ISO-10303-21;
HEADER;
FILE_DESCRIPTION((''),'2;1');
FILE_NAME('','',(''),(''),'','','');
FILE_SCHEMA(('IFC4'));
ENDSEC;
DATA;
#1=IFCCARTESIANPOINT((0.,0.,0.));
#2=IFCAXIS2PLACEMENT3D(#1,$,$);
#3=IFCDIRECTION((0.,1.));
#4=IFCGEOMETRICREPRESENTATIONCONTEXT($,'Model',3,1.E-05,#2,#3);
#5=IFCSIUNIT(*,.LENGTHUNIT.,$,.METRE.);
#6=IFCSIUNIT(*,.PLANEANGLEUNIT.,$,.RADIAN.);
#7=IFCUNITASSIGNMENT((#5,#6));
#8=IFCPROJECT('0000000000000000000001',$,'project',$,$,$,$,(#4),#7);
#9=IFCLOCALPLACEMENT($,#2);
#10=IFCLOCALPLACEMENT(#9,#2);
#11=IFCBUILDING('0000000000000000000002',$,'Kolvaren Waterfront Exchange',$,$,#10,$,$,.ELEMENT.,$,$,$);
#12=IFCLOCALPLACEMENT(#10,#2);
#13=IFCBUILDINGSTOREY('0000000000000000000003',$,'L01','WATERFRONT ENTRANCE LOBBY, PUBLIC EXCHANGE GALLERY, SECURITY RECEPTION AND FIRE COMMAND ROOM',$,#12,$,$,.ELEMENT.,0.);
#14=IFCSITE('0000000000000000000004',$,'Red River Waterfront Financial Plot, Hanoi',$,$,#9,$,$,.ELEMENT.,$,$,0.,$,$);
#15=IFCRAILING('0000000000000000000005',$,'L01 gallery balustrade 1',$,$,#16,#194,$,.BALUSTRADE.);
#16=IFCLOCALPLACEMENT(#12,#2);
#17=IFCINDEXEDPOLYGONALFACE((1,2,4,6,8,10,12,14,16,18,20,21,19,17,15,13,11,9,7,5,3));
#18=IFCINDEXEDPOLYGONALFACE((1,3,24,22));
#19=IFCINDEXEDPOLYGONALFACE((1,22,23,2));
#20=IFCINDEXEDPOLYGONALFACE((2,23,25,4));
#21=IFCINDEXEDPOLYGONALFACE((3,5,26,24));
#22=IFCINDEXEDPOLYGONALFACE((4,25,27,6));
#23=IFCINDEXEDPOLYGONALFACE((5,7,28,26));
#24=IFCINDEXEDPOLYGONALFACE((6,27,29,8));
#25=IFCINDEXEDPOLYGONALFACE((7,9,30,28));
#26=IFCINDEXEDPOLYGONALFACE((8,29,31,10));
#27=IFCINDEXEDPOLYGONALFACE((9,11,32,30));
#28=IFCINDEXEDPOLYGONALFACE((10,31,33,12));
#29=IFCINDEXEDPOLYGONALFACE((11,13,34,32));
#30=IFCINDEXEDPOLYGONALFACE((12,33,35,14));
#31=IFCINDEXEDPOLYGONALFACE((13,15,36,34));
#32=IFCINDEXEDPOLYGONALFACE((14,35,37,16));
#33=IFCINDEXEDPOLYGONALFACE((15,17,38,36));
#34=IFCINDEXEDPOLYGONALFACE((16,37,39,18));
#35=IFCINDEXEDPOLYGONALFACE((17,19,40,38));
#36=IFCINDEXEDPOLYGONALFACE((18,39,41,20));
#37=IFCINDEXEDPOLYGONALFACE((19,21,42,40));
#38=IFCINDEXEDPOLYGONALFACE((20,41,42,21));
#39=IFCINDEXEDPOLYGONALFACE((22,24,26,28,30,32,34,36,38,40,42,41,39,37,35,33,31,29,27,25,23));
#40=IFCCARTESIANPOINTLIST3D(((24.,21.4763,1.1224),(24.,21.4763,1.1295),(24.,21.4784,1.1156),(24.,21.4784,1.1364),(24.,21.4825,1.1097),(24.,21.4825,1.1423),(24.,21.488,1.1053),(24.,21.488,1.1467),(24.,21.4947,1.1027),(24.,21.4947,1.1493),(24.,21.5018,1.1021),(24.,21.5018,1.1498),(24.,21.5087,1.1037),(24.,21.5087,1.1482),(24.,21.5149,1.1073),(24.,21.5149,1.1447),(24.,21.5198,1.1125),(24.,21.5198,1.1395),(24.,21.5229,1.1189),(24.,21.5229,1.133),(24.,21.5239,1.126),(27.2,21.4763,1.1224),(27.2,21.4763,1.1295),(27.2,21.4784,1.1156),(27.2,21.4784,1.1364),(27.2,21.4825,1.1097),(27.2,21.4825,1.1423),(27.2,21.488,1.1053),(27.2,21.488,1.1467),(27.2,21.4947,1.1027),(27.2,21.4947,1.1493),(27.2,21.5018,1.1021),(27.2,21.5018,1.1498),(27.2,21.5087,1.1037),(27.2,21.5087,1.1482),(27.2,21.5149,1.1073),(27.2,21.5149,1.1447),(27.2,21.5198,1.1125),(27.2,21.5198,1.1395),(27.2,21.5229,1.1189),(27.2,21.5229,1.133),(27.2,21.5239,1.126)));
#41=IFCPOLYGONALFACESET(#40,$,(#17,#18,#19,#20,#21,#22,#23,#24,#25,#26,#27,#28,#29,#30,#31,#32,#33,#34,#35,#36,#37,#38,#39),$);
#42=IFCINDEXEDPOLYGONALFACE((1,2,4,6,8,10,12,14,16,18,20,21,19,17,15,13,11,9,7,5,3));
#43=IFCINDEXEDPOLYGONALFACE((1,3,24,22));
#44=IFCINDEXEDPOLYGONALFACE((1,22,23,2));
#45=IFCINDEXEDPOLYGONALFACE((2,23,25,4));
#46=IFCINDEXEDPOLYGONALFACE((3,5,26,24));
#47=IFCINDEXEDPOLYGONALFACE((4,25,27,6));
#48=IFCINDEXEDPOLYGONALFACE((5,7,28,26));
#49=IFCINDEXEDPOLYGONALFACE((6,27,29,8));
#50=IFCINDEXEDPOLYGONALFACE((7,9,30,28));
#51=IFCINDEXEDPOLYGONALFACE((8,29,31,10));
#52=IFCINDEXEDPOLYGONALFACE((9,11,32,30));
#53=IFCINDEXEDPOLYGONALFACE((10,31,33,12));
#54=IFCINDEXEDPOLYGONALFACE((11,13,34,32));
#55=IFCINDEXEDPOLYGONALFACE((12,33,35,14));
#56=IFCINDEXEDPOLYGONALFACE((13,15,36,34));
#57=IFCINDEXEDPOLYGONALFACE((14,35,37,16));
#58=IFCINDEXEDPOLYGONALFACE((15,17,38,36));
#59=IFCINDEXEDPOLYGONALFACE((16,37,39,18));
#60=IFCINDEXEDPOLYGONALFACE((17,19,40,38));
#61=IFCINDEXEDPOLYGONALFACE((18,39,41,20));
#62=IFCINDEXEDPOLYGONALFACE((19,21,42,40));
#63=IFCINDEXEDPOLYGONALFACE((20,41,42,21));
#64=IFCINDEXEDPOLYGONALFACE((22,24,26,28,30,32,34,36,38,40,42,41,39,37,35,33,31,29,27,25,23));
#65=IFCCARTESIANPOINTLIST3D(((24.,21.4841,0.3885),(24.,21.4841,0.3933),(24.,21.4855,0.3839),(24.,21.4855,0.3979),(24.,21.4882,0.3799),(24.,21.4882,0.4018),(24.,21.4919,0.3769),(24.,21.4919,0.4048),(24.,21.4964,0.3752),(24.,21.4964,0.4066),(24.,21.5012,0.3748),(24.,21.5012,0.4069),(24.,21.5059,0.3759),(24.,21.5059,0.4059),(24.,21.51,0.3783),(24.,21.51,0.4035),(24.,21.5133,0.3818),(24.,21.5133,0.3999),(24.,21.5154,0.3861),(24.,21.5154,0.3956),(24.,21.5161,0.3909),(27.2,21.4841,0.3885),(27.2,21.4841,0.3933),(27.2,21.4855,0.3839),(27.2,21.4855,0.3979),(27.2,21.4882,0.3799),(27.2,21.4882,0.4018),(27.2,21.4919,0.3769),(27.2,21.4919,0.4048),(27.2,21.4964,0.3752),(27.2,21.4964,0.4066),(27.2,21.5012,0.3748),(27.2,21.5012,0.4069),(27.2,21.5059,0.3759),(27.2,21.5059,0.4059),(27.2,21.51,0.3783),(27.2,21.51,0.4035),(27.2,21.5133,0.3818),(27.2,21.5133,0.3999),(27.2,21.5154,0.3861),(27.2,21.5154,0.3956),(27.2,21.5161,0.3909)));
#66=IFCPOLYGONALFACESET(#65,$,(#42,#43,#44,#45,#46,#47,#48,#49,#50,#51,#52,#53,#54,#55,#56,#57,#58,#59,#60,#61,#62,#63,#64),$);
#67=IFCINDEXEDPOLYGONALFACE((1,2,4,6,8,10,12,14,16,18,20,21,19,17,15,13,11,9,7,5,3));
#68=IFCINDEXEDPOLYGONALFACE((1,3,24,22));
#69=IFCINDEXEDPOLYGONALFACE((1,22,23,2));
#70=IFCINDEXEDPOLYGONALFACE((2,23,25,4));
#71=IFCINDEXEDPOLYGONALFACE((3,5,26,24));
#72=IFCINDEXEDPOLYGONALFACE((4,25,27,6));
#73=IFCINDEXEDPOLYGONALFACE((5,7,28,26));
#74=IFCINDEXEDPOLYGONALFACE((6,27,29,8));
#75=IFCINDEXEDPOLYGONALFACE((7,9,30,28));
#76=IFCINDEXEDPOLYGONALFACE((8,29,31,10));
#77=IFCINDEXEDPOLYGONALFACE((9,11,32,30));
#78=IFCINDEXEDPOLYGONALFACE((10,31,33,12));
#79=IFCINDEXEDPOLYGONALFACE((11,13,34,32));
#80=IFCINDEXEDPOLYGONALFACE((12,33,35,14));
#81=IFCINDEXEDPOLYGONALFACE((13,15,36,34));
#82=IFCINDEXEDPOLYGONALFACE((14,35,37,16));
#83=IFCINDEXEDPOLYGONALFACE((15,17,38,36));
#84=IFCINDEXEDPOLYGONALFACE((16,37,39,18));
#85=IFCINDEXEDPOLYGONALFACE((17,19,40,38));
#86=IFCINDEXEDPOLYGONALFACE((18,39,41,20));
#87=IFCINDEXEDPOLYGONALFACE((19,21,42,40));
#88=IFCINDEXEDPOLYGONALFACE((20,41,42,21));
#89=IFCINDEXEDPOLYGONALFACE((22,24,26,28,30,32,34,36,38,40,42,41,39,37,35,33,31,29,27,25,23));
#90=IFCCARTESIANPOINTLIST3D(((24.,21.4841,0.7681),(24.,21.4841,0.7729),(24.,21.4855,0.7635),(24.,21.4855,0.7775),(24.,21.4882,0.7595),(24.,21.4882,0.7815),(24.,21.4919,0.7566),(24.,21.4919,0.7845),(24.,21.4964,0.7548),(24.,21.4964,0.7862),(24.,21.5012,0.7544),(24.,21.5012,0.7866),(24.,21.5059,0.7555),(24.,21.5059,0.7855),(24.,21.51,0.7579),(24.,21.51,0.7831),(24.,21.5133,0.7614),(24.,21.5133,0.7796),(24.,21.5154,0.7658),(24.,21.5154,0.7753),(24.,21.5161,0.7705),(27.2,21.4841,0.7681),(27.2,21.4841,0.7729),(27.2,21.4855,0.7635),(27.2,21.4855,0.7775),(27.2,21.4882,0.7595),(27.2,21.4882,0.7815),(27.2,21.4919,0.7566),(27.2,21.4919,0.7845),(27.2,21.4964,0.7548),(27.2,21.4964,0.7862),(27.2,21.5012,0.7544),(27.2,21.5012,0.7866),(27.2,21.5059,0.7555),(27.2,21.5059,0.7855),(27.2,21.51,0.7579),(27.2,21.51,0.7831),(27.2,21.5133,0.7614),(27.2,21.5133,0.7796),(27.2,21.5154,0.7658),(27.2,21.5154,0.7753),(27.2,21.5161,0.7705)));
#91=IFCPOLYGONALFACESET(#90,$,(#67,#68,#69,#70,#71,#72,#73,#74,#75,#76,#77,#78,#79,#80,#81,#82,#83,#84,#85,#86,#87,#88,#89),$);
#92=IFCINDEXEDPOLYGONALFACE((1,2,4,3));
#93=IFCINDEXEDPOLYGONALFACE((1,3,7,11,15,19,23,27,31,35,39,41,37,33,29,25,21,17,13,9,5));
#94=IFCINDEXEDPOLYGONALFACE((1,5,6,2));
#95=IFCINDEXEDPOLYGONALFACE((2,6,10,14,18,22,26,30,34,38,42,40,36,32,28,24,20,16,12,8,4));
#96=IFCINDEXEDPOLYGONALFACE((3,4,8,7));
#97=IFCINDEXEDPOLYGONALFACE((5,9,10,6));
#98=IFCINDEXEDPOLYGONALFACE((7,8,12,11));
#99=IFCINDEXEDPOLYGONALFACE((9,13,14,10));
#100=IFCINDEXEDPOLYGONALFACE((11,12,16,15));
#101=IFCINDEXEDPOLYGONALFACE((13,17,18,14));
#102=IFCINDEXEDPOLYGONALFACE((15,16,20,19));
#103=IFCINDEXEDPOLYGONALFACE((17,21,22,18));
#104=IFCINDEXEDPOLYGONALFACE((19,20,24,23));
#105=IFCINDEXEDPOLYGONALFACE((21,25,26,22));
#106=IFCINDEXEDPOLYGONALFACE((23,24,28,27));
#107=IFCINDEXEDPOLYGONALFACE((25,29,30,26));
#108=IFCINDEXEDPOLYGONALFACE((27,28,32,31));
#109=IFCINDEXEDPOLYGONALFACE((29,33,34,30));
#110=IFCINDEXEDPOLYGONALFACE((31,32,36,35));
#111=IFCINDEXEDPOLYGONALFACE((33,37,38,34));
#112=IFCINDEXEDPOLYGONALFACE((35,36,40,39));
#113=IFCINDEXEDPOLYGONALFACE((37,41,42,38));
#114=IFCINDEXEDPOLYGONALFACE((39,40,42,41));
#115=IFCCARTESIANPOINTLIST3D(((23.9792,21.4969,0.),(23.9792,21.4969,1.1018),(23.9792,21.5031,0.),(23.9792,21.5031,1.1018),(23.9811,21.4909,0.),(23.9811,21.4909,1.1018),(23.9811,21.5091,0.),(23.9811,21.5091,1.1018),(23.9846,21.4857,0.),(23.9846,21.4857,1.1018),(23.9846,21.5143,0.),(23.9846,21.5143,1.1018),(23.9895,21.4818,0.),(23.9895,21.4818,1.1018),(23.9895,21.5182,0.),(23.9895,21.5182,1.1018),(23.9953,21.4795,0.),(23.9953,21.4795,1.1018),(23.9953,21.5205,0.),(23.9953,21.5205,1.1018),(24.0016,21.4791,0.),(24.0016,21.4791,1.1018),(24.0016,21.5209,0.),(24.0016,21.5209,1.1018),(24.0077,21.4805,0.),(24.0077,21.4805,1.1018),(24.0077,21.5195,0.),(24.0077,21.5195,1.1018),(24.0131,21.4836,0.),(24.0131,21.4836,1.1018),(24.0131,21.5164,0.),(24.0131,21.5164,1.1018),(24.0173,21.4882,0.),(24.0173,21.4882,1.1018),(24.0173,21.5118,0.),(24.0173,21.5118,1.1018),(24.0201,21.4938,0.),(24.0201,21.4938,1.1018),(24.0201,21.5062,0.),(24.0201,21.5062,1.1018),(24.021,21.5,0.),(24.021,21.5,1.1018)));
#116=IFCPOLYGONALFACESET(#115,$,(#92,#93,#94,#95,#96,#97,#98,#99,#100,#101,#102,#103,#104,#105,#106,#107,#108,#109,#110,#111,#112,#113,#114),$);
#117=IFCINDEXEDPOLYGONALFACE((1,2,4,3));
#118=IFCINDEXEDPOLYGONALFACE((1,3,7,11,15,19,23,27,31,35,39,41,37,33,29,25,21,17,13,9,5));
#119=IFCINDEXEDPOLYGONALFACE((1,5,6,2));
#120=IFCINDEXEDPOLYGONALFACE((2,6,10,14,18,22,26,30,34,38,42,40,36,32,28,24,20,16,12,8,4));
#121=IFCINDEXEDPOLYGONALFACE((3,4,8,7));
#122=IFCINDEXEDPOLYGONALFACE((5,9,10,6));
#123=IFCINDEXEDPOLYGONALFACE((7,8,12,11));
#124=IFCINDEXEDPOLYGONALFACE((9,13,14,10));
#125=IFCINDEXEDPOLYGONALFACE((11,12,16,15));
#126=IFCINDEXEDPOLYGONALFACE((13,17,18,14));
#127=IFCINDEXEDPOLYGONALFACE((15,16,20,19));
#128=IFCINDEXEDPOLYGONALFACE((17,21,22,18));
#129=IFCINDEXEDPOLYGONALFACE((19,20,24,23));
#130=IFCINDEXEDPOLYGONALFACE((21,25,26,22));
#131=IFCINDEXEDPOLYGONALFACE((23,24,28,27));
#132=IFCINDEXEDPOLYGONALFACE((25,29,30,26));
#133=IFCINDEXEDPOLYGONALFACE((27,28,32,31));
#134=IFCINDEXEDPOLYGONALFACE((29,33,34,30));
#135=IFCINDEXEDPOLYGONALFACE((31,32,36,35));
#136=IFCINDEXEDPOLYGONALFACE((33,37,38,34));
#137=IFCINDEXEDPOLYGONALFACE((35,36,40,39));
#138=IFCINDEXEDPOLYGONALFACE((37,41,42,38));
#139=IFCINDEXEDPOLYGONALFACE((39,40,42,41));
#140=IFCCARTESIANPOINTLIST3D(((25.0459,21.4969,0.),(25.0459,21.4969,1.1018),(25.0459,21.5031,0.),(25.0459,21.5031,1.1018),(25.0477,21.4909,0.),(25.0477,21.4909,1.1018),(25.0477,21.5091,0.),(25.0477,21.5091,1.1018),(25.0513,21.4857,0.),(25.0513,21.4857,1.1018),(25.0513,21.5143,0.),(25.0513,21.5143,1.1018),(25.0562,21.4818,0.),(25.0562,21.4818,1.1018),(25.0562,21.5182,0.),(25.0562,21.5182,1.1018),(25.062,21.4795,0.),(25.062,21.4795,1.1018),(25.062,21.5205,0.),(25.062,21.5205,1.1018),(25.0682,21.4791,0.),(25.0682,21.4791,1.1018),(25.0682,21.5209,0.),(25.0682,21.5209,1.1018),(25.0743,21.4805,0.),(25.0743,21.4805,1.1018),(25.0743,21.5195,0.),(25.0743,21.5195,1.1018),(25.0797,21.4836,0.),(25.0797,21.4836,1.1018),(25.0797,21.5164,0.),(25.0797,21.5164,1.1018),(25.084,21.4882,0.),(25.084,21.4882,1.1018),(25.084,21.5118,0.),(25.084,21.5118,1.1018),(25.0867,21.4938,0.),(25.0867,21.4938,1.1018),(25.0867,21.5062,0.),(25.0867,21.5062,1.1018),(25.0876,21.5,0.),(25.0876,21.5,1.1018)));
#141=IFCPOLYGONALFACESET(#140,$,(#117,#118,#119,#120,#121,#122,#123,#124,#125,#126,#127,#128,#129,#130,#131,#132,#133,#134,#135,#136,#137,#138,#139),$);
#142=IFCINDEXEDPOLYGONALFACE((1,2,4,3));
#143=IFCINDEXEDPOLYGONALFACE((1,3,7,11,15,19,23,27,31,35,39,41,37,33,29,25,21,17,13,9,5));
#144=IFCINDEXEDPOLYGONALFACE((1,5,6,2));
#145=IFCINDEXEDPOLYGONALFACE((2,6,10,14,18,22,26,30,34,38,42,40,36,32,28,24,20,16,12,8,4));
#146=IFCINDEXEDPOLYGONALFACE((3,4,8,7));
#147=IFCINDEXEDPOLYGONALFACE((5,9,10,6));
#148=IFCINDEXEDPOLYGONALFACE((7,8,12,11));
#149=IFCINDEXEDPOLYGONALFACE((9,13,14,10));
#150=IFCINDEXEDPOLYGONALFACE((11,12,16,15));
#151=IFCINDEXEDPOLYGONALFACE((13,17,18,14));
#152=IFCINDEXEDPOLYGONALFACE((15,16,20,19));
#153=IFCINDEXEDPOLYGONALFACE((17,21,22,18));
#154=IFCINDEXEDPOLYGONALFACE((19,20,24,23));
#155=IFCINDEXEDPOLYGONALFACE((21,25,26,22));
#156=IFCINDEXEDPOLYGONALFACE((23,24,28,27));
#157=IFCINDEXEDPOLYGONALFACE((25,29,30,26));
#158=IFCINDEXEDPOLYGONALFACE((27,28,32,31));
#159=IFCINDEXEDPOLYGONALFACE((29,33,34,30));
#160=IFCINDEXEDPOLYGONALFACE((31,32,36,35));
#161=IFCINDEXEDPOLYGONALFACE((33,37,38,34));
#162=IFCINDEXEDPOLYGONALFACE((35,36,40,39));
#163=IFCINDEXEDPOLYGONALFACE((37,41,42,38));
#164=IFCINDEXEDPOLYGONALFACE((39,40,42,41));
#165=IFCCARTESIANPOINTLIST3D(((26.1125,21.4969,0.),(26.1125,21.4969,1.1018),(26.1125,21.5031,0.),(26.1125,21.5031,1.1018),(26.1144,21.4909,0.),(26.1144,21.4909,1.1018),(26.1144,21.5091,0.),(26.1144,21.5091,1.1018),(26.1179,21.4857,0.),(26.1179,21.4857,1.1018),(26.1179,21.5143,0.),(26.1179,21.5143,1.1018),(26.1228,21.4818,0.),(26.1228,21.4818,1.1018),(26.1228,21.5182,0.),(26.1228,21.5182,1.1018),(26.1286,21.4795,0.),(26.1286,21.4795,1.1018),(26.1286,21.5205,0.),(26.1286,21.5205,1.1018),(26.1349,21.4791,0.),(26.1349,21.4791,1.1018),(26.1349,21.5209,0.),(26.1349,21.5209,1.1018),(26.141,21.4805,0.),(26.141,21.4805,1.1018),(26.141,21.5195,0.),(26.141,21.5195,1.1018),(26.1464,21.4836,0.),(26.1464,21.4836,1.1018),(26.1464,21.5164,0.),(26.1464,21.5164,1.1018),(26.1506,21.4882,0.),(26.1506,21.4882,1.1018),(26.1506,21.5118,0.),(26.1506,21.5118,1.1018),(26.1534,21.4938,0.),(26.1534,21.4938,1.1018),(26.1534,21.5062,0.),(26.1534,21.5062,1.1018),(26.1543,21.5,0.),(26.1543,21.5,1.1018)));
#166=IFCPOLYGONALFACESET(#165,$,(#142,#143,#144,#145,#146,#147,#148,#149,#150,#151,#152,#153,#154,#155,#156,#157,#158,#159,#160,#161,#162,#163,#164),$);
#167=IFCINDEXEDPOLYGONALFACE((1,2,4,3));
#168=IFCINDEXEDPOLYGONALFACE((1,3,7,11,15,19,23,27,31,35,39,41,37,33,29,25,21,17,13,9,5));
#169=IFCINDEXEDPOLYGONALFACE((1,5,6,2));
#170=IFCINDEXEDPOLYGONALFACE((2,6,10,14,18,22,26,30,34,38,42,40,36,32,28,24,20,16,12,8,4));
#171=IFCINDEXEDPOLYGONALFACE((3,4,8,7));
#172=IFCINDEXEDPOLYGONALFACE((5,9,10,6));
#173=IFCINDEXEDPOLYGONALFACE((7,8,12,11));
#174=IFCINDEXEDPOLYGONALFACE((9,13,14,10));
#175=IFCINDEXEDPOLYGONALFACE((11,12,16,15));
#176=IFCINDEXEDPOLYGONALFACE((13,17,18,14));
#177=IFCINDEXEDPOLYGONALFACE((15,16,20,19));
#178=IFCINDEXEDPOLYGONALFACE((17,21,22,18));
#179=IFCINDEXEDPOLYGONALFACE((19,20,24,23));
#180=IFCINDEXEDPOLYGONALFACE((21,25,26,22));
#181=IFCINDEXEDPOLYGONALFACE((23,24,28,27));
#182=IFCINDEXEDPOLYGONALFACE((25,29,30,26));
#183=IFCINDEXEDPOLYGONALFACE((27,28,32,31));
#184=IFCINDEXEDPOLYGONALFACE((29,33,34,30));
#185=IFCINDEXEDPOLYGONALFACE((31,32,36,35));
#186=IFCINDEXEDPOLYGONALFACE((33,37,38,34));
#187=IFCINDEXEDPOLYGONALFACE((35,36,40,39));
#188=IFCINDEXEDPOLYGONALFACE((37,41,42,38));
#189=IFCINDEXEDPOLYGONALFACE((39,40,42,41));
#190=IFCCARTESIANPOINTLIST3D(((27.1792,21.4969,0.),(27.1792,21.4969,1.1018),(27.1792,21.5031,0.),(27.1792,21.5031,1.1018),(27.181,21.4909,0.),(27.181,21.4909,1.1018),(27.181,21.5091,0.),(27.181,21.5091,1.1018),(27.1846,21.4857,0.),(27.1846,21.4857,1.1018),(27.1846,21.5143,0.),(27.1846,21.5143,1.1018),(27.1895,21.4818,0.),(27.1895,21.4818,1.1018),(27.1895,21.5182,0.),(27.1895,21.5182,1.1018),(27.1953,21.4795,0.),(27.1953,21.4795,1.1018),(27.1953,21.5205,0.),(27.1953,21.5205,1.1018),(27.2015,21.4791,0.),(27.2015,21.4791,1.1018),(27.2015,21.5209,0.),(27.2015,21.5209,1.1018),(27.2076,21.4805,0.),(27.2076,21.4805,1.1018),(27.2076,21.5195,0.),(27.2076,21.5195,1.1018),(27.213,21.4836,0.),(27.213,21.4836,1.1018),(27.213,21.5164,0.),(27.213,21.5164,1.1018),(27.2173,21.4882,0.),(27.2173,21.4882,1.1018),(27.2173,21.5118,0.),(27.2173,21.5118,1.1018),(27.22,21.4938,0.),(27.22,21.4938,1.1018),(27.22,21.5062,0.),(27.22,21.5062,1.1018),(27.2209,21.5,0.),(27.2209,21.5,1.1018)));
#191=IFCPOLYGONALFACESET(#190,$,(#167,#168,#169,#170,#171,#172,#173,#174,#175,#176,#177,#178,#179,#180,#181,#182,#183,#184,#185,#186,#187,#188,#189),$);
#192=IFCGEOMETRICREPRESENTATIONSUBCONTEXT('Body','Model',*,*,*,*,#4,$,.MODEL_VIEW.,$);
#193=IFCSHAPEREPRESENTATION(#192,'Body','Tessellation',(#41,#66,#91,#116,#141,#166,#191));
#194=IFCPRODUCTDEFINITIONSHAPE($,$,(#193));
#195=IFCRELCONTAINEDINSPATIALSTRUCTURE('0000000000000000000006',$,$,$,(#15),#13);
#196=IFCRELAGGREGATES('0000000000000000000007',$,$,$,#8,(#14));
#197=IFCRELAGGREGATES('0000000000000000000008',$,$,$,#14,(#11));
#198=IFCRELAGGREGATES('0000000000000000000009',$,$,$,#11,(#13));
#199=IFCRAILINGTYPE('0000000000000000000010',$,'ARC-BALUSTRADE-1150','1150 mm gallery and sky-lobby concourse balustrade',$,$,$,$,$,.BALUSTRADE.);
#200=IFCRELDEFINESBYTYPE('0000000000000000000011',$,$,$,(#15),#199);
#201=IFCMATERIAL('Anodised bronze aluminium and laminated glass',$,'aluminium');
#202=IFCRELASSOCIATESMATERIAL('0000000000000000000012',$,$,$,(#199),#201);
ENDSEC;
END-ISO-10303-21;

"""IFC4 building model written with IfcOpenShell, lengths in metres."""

from ifc_helpers import new_model, si_unit, direction, frame, origin, origin_2d, place, context, subcontext, project, spatial, circle, extrude, material, type_object, element, save


model = new_model("IFC4")

# Units and contexts
model_context = context("Model", 3, precision=1e-05, world=origin(), true_north=direction((0.0, 1.0)))
body_context = subcontext(model_context, "Body", "Model", "MODEL_VIEW")
ifc_project = project(units=[si_unit("LENGTHUNIT", "METRE"), si_unit("PLANEANGLEUNIT", "RADIAN")], contexts=[model_context])

# Site, building, storey
site_placement = place(None, origin())
site = spatial("IfcSite", under=ifc_project, at=site_placement, Name="Red River Waterfront Financial Plot, Hanoi", CompositionType="ELEMENT", RefElevation=0.0)
building_placement = place(site_placement, origin())
building = spatial("IfcBuilding", under=site, at=building_placement, Name="Kolvaren Waterfront Exchange", CompositionType="ELEMENT")
storey_placement = place(building_placement, origin())
storey = spatial("IfcBuildingStorey", under=building, at=storey_placement, Name="L01", Description="WATERFRONT ENTRANCE LOBBY, PUBLIC EXCHANGE GALLERY, SECURITY RECEPTION AND FIRE COMMAND ROOM", CompositionType="ELEMENT", Elevation=0.0)

# Railing
ifc_material_1 = material(Name="Anodised bronze aluminium and laminated glass", Category="aluminium")
railing_type = type_object("IfcRailingType", Name="ARC-BALUSTRADE-1150", Description="1150 mm gallery and sky-lobby concourse balustrade", PredefinedType="BALUSTRADE", material=ifc_material_1)
for number, where, name in (
    (1, (24.0, 21.5, 0.0), "L01 gallery balustrade 1"),
):
    element("IfcRailing", number, at=place(storey_placement, frame(where)), inside=storey, type_object=railing_type, Name=name, PredefinedType="BALUSTRADE", context=body_context, shape_type="SweptSolid", body=[
        extrude(circle(Radius=0.0239, at=origin_2d()), frame((0.0, 0.0, 1.126), z_axis=(1.0, 0.0, 0.0), x_axis=(0.0, 1.0, 0.0)), (0.0, 0.0, 1.0), 3.2),
        extrude(circle(Radius=0.0161, at=origin_2d()), frame((0.0, 0.0, 0.3909), z_axis=(1.0, 0.0, 0.0), x_axis=(0.0, 1.0, 0.0)), (0.0, 0.0, 1.0), 3.2),
        extrude(circle(Radius=0.0161, at=origin_2d()), frame((0.0, 0.0, 0.7705), z_axis=(1.0, 0.0, 0.0), x_axis=(0.0, 1.0, 0.0)), (0.0, 0.0, 1.0), 3.2),
        extrude(circle(Radius=0.021, at=origin_2d()), origin(), (0.0, 0.0, 1.0), 1.1018),
        extrude(circle(Radius=0.021, at=origin_2d()), frame((1.0667, 0.0, 0.0)), (0.0, 0.0, 1.0), 1.1018),
        extrude(circle(Radius=0.021, at=origin_2d()), frame((2.1333, 0.0, 0.0)), (0.0, 0.0, 1.0), 1.1018),
        extrude(circle(Radius=0.021, at=origin_2d()), frame((3.2, 0.0, 0.0)), (0.0, 0.0, 1.0), 1.1018),
    ])

save(model, "model.ifc")
